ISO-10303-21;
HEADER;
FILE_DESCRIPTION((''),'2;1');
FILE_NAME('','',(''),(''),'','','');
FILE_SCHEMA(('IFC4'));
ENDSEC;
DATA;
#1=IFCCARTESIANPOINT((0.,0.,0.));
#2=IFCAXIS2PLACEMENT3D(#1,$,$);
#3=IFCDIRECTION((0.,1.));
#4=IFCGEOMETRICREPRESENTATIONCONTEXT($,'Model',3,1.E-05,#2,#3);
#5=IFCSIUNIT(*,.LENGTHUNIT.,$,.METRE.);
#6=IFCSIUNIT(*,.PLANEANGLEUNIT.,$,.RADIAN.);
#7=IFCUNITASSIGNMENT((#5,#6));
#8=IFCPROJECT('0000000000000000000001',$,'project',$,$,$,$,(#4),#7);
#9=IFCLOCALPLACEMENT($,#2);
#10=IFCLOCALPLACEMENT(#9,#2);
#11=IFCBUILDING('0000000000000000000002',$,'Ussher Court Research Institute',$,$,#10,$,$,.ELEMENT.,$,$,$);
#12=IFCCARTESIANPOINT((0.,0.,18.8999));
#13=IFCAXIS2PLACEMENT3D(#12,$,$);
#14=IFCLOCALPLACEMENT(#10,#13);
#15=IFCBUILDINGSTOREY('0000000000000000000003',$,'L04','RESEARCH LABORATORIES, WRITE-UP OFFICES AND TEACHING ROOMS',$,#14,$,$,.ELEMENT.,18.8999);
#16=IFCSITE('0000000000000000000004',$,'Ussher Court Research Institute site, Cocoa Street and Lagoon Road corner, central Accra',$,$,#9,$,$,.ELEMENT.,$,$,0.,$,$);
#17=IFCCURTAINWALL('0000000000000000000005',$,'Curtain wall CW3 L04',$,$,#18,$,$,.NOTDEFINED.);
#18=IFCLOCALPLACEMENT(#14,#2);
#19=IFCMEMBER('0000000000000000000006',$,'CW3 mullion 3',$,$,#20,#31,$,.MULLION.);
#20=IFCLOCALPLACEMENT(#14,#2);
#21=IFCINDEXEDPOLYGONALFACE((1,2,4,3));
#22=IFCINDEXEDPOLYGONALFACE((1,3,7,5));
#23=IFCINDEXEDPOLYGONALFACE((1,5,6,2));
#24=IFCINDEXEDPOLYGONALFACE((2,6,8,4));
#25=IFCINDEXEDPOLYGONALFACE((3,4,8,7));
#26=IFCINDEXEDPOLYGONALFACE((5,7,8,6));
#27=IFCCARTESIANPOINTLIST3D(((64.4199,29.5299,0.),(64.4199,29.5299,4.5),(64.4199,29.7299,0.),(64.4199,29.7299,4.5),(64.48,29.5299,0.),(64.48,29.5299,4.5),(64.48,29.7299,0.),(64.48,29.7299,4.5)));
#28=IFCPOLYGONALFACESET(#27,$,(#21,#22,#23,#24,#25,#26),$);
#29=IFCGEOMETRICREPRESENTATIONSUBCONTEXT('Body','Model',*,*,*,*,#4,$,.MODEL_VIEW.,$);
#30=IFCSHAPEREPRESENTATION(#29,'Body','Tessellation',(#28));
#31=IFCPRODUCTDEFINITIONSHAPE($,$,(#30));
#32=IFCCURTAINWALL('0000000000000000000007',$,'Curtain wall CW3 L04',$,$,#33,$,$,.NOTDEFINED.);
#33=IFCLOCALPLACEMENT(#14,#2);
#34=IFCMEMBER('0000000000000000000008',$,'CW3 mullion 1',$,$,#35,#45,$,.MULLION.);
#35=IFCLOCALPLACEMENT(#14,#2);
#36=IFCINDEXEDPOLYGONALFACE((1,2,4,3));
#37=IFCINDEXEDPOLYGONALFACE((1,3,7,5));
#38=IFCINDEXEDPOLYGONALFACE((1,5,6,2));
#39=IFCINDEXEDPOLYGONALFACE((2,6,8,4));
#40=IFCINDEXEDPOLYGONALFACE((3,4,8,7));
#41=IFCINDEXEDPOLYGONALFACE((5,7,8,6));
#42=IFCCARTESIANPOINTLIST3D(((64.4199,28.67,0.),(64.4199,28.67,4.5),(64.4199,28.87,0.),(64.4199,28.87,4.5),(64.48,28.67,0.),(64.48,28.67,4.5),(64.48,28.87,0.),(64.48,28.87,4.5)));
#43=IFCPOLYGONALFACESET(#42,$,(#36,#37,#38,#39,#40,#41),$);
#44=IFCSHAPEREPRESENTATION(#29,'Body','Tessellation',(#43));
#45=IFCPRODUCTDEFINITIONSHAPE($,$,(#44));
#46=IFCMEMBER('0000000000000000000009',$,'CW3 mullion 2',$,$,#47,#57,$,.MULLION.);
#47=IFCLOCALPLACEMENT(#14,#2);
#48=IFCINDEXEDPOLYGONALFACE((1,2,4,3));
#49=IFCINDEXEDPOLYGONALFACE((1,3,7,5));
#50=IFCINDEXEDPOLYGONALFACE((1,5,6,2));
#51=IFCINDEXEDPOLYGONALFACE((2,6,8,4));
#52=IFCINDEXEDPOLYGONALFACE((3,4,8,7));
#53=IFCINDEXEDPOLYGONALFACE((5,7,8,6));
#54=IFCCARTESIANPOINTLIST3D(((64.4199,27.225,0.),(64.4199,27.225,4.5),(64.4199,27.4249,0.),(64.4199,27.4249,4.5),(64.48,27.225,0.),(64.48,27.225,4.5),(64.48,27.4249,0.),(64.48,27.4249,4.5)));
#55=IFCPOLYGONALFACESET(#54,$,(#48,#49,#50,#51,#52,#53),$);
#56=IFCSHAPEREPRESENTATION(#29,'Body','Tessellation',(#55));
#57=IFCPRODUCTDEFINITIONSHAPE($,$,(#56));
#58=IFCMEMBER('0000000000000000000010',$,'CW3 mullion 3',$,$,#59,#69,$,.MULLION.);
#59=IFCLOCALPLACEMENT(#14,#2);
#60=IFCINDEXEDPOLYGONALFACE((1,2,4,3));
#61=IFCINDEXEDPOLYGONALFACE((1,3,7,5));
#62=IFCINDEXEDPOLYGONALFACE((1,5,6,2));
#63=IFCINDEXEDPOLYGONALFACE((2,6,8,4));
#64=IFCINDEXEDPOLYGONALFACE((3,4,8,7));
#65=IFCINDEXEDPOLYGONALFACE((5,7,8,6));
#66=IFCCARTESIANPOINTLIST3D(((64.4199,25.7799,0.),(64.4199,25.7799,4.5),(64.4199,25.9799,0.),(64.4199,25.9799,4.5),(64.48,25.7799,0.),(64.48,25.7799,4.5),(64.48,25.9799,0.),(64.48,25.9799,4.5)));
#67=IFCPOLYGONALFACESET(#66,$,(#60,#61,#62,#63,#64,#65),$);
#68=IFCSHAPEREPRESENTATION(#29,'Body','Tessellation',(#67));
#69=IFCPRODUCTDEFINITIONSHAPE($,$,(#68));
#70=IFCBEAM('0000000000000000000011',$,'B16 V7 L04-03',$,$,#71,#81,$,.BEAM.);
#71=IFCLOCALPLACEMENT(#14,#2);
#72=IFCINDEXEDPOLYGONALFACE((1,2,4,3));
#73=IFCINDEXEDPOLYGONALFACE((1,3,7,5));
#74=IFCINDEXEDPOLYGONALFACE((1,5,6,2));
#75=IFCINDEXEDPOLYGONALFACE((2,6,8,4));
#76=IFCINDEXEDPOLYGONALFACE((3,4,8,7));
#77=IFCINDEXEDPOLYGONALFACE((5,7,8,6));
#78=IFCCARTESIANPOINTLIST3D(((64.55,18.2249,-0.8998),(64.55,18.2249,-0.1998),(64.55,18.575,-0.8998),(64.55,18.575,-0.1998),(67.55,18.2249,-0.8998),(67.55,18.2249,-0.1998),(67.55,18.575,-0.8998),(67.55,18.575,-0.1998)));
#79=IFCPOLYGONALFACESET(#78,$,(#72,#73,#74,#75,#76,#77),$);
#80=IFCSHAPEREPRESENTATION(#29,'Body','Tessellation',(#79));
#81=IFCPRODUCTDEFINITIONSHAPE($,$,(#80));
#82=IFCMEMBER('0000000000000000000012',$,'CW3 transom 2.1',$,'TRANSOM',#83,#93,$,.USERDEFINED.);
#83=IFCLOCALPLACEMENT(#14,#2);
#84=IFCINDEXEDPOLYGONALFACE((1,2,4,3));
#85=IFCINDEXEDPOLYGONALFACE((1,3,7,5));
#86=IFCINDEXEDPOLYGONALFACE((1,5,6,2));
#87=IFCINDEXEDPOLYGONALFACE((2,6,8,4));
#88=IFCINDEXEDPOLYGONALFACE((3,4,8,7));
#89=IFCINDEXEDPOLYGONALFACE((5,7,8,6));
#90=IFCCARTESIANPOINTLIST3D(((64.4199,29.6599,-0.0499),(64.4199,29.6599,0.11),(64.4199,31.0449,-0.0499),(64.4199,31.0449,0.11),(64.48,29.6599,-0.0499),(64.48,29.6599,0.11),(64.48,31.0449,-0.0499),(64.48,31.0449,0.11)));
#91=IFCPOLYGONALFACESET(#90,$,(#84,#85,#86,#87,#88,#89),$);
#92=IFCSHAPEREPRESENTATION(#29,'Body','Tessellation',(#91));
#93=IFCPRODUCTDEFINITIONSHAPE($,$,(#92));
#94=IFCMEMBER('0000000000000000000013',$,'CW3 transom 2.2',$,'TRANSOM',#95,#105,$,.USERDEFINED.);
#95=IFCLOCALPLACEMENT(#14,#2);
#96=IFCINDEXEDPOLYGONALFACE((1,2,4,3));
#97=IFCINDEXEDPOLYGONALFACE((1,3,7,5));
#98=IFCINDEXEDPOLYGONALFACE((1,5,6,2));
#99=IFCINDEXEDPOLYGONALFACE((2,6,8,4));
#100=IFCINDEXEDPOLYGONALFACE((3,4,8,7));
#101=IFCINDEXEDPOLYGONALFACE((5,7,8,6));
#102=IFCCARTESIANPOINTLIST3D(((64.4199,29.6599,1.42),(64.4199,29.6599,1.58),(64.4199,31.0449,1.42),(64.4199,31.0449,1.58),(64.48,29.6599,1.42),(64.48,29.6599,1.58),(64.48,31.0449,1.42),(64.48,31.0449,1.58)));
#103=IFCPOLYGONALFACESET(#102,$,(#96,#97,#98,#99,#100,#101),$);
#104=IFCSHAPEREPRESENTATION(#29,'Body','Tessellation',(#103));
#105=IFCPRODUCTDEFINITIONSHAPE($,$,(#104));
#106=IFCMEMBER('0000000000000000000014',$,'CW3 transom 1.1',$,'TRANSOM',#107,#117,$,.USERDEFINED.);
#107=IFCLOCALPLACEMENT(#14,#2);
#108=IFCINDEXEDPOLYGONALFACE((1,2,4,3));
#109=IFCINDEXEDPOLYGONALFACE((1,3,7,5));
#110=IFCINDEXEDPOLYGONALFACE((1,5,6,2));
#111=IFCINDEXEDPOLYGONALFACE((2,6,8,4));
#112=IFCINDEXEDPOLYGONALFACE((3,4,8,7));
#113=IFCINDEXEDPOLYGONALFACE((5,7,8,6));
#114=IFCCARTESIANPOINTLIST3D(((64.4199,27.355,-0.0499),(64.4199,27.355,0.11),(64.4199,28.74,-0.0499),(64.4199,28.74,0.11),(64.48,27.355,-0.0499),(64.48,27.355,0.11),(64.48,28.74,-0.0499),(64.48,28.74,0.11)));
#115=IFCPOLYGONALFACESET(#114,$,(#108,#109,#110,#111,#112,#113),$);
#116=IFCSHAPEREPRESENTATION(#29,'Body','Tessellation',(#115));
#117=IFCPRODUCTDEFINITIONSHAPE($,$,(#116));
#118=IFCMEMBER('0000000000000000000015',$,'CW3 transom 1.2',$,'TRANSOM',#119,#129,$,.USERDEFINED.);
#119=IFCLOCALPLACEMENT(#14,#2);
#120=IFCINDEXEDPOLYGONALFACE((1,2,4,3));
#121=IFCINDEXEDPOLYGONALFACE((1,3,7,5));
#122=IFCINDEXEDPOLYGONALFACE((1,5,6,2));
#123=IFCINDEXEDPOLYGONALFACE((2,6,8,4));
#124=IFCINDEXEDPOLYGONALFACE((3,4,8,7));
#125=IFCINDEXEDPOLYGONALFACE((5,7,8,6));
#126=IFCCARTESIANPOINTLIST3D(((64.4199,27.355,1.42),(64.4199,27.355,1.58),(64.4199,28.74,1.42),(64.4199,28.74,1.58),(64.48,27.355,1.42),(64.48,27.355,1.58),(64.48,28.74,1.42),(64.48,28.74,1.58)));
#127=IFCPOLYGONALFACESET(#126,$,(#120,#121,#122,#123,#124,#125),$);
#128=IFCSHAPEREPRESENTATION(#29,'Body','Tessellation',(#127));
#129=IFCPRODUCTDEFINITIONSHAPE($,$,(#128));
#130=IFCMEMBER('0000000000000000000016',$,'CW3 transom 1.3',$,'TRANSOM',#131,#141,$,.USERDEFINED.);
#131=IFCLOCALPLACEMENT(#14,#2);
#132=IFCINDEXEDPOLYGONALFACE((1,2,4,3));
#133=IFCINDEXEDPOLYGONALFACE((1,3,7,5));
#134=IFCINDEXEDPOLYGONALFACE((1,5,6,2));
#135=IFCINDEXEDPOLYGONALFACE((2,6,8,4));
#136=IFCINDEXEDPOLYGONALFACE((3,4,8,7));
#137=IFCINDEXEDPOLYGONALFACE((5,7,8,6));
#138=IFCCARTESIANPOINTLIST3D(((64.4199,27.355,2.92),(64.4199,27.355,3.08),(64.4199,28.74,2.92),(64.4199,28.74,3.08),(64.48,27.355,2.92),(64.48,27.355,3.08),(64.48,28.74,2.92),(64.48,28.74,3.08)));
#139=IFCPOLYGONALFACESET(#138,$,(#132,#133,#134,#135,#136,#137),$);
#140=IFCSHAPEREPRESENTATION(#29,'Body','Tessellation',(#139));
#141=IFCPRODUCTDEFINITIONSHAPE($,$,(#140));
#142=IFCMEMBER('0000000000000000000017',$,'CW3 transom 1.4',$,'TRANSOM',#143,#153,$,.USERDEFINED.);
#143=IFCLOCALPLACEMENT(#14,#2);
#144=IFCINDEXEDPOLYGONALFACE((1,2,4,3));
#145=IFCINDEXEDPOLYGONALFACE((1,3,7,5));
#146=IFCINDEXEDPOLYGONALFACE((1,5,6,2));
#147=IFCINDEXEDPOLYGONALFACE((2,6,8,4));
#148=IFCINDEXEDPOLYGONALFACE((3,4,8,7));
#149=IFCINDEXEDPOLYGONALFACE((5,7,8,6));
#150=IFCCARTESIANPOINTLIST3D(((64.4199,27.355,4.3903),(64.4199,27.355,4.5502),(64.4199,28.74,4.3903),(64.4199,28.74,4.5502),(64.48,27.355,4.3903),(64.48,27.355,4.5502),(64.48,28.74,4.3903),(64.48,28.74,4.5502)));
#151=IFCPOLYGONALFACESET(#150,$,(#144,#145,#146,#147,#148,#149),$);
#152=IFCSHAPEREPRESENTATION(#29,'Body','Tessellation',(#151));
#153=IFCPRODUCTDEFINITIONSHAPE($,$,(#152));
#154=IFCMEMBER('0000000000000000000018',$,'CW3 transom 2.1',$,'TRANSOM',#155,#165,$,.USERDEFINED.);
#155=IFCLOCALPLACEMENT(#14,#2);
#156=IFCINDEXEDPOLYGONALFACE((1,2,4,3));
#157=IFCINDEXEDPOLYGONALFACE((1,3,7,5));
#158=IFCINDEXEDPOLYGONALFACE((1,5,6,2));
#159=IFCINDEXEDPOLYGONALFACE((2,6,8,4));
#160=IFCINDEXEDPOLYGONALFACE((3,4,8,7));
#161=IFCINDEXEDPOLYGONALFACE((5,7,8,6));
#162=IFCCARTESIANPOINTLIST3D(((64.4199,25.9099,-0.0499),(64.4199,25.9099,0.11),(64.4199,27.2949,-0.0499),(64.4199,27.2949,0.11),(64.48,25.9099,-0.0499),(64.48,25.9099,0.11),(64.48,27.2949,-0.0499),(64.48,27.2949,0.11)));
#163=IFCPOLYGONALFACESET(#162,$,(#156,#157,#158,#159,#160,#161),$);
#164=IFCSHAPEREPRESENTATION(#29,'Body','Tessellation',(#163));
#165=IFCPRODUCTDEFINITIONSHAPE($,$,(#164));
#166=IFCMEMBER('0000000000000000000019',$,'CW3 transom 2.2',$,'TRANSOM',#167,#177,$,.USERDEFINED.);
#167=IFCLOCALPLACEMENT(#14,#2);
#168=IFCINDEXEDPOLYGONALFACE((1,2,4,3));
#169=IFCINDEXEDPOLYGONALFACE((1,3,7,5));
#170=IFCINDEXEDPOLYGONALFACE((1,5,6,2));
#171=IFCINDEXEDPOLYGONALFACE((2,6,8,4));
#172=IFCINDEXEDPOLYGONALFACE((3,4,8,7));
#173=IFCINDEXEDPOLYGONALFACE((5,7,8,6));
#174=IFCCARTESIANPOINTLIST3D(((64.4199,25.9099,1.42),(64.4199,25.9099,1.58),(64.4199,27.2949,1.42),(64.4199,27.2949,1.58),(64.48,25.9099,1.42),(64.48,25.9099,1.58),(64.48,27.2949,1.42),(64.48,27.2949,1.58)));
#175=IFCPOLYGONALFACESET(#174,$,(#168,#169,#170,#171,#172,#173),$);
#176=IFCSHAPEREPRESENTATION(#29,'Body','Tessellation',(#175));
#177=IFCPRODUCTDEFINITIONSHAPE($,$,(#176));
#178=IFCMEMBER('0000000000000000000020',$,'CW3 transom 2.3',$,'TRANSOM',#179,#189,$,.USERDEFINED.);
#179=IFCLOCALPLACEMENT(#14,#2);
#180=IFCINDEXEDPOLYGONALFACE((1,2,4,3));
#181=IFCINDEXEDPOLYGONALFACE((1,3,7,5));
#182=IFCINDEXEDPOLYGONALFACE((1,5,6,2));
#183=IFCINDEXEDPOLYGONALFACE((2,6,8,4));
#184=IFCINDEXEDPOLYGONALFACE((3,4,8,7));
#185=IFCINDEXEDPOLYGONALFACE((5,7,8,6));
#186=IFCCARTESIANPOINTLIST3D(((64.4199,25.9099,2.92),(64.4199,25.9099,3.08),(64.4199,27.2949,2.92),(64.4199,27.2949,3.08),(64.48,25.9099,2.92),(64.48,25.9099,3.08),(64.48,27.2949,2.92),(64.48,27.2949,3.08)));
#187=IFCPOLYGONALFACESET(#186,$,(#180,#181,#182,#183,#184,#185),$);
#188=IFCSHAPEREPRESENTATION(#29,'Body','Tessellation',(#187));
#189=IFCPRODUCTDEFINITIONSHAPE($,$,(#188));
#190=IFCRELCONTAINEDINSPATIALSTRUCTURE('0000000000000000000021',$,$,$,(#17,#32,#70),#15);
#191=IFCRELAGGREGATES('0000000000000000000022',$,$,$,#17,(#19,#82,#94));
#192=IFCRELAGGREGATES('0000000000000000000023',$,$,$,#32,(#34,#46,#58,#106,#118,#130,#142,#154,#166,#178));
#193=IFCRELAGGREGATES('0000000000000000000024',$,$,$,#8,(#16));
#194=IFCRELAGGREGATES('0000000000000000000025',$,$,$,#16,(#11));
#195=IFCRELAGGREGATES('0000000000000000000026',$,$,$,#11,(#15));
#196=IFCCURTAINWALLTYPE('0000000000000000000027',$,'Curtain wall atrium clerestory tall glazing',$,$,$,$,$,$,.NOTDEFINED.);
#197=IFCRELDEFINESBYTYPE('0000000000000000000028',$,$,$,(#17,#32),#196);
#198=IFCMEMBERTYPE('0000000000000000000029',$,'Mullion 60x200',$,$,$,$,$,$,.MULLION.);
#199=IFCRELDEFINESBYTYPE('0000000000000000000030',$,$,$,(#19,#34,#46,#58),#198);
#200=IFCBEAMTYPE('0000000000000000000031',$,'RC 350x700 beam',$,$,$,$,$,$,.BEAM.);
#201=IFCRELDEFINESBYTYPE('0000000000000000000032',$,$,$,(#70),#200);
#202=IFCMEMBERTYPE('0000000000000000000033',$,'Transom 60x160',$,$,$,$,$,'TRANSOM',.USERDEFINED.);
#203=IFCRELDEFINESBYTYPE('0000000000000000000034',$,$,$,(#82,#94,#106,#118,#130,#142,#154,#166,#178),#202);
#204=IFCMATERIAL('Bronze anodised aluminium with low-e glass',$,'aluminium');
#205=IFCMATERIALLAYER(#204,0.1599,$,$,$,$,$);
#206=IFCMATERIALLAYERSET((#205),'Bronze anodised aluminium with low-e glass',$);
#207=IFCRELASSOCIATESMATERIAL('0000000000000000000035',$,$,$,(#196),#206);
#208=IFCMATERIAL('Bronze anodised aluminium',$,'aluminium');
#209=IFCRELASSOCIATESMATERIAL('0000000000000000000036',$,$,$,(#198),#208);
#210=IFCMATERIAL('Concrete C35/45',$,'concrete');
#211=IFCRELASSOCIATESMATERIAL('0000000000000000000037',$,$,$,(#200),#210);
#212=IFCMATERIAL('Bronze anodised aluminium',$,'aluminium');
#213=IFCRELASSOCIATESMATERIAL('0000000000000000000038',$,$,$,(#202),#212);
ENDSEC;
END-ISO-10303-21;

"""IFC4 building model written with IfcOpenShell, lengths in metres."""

from ifc_helpers import new_model, si_unit, direction, frame, origin, origin_2d, place, context, subcontext, project, spatial, rectangle, extrude, material, layer, layer_set, material_profile, profile_set, type_object, element, aggregate, save


model = new_model("IFC4")

# Units and contexts
model_context = context("Model", 3, precision=1e-05, world=origin(), true_north=direction((0.0, 1.0)))
body_context = subcontext(model_context, "Body", "Model", "MODEL_VIEW")
ifc_project = project(units=[si_unit("LENGTHUNIT", "METRE"), si_unit("PLANEANGLEUNIT", "RADIAN")], contexts=[model_context])

# Site, building, storey
site_placement = place(None, origin())
site = spatial("IfcSite", under=ifc_project, at=site_placement, Name="Ussher Court Research Institute site, Cocoa Street and Lagoon Road corner, central Accra", CompositionType="ELEMENT", RefElevation=0.0)
building_placement = place(site_placement, origin())
building = spatial("IfcBuilding", under=site, at=building_placement, Name="Ussher Court Research Institute", CompositionType="ELEMENT")
storey_placement = place(building_placement, frame((0.0, 0.0, 18.8999)))
storey = spatial("IfcBuildingStorey", under=building, at=storey_placement, Name="L04", Description="RESEARCH LABORATORIES, WRITE-UP OFFICES AND TEACHING ROOMS", CompositionType="ELEMENT", Elevation=18.8999)

# Curtain wall, member
ifc_material_1 = material(Name="Bronze anodised aluminium with low-e glass", Category="aluminium")
ifc_layer_1 = layer(ifc_material_1, 0.1599)
ifc_layer_set_1 = layer_set([ifc_layer_1], Name="Bronze anodised aluminium with low-e glass")
curtain_wall_type = type_object("IfcCurtainWallType", Name="Curtain wall atrium clerestory tall glazing", PredefinedType="NOTDEFINED", material=ifc_layer_set_1)
curtain_wall_1_placement = place(storey_placement, origin())
curtain_wall_1 = element("IfcCurtainWall", 1, at=curtain_wall_1_placement, inside=storey, type_object=curtain_wall_type, Name="Curtain wall CW3 L04", PredefinedType="NOTDEFINED")
ifc_material_2 = material(Name="Bronze anodised aluminium", Category="aluminium")
ifc_material_profile_1 = material_profile(ifc_material_2, rectangle(XDim=0.0601, YDim=0.2, at=origin_2d()), Name="Mullion 60x200")
ifc_profile_set_1 = profile_set([ifc_material_profile_1], Name="Bronze anodised aluminium")
member_type_1 = type_object("IfcMemberType", Name="Mullion 60x200", PredefinedType="MULLION", material=ifc_profile_set_1)
member_1_placement = place(storey_placement, frame((64.45, 29.6299, 0.0), z_axis=(0.0, 0.0, 1.0), x_axis=(1.0, 0.0, 0.0)))
member_1 = element("IfcMember", 2, at=member_1_placement, type_object=member_type_1, Name="CW3 mullion 3", PredefinedType="MULLION", context=body_context, shape_type="SweptSolid", body=[
    extrude(rectangle(XDim=0.0601, YDim=0.2, at=origin_2d()), origin(), (0.0, 0.0, 1.0), 4.5),
])

# Curtain wall, members
curtain_wall_2_placement = place(storey_placement, origin())
curtain_wall_2 = element("IfcCurtainWall", 3, at=curtain_wall_2_placement, inside=storey, type_object=curtain_wall_type, Name="Curtain wall CW3 L04", PredefinedType="NOTDEFINED")
member_2_placement = place(storey_placement, frame((64.45, 28.77, 0.0), z_axis=(0.0, 0.0, 1.0), x_axis=(1.0, 0.0, 0.0)))
member_2 = element("IfcMember", 4, at=member_2_placement, type_object=member_type_1, Name="CW3 mullion 1", PredefinedType="MULLION", context=body_context, shape_type="SweptSolid", body=[
    extrude(rectangle(XDim=0.0601, YDim=0.2, at=origin_2d()), origin(), (0.0, 0.0, 1.0), 4.5),
])
member_3_placement = place(storey_placement, frame((64.45, 27.325, 0.0), z_axis=(0.0, 0.0, 1.0), x_axis=(1.0, 0.0, 0.0)))
member_3 = element("IfcMember", 5, at=member_3_placement, type_object=member_type_1, Name="CW3 mullion 2", PredefinedType="MULLION", context=body_context, shape_type="SweptSolid", body=[
    extrude(rectangle(XDim=0.0601, YDim=0.2, at=origin_2d()), origin(), (0.0, 0.0, 1.0), 4.5),
])
member_4_placement = place(storey_placement, frame((64.45, 25.8799, 0.0), z_axis=(0.0, 0.0, 1.0), x_axis=(1.0, 0.0, 0.0)))
member_4 = element("IfcMember", 6, at=member_4_placement, type_object=member_type_1, Name="CW3 mullion 3", PredefinedType="MULLION", context=body_context, shape_type="SweptSolid", body=[
    extrude(rectangle(XDim=0.0601, YDim=0.2, at=origin_2d()), origin(), (0.0, 0.0, 1.0), 4.5),
])

# Beam
ifc_material_3 = material(Name="Concrete C35/45", Category="concrete")
ifc_material_profile_2 = material_profile(ifc_material_3, rectangle(XDim=0.3501, YDim=0.7, at=origin_2d()), Name="RC 350x700")
ifc_profile_set_2 = profile_set([ifc_material_profile_2], Name="Concrete C35/45")
beam_type = type_object("IfcBeamType", Name="RC 350x700 beam", PredefinedType="BEAM", material=ifc_profile_set_2)
beam_placement = place(storey_placement, frame((64.55, 18.3999, -0.5498), z_axis=(1.0, 0.0, 0.0), x_axis=(0.0, 1.0, 0.0)))
element("IfcBeam", 7, at=beam_placement, inside=storey, type_object=beam_type, Name="B16 V7 L04-03", PredefinedType="BEAM", context=body_context, shape_type="SweptSolid", body=[
    extrude(rectangle(XDim=0.3501, YDim=0.7, at=origin_2d()), origin(), (0.0, 0.0, 1.0), 3.0),
])

# Members
ifc_material_4 = material(Name="Bronze anodised aluminium", Category="aluminium")
ifc_material_profile_3 = material_profile(ifc_material_4, rectangle(XDim=0.0601, YDim=0.1599, at=origin_2d()), Name="Transom 60x160")
ifc_profile_set_3 = profile_set([ifc_material_profile_3], Name="Bronze anodised aluminium")
member_type_2 = type_object("IfcMemberType", Name="Transom 60x160", ElementType="TRANSOM", PredefinedType="USERDEFINED", material=ifc_profile_set_3)
member_5_placement = place(storey_placement, frame((64.45, 31.0449, 0.03), z_axis=(0.0, -1.0, 0.0), x_axis=(1.0, 0.0, 0.0)))
member_5 = element("IfcMember", 8, at=member_5_placement, type_object=member_type_2, Name="CW3 transom 2.1", ObjectType="TRANSOM", PredefinedType="USERDEFINED", context=body_context, shape_type="SweptSolid", body=[
    extrude(rectangle(XDim=0.0601, YDim=0.1599, at=origin_2d()), origin(), (0.0, 0.0, 1.0), 1.385),
])
member_6_placement = place(storey_placement, frame((64.45, 31.0449, 1.5), z_axis=(0.0, -1.0, 0.0), x_axis=(1.0, 0.0, 0.0)))
member_6 = element("IfcMember", 9, at=member_6_placement, type_object=member_type_2, Name="CW3 transom 2.2", ObjectType="TRANSOM", PredefinedType="USERDEFINED", context=body_context, shape_type="SweptSolid", body=[
    extrude(rectangle(XDim=0.0601, YDim=0.1599, at=origin_2d()), origin(), (0.0, 0.0, 1.0), 1.385),
])
member_7_placement = place(storey_placement, frame((64.45, 28.74, 0.03), z_axis=(0.0, -1.0, 0.0), x_axis=(1.0, 0.0, 0.0)))
member_7 = element("IfcMember", 10, at=member_7_placement, type_object=member_type_2, Name="CW3 transom 1.1", ObjectType="TRANSOM", PredefinedType="USERDEFINED", context=body_context, shape_type="SweptSolid", body=[
    extrude(rectangle(XDim=0.0601, YDim=0.1599, at=origin_2d()), origin(), (0.0, 0.0, 1.0), 1.385),
])
member_8_placement = place(storey_placement, frame((64.45, 28.74, 1.5), z_axis=(0.0, -1.0, 0.0), x_axis=(1.0, 0.0, 0.0)))
member_8 = element("IfcMember", 11, at=member_8_placement, type_object=member_type_2, Name="CW3 transom 1.2", ObjectType="TRANSOM", PredefinedType="USERDEFINED", context=body_context, shape_type="SweptSolid", body=[
    extrude(rectangle(XDim=0.0601, YDim=0.1599, at=origin_2d()), origin(), (0.0, 0.0, 1.0), 1.385),
])
member_9_placement = place(storey_placement, frame((64.45, 28.74, 3.0), z_axis=(0.0, -1.0, 0.0), x_axis=(1.0, 0.0, 0.0)))
member_9 = element("IfcMember", 12, at=member_9_placement, type_object=member_type_2, Name="CW3 transom 1.3", ObjectType="TRANSOM", PredefinedType="USERDEFINED", context=body_context, shape_type="SweptSolid", body=[
    extrude(rectangle(XDim=0.0601, YDim=0.1599, at=origin_2d()), origin(), (0.0, 0.0, 1.0), 1.385),
])
member_10_placement = place(storey_placement, frame((64.45, 28.74, 4.4702), z_axis=(0.0, -1.0, 0.0), x_axis=(1.0, 0.0, 0.0)))
member_10 = element("IfcMember", 13, at=member_10_placement, type_object=member_type_2, Name="CW3 transom 1.4", ObjectType="TRANSOM", PredefinedType="USERDEFINED", context=body_context, shape_type="SweptSolid", body=[
    extrude(rectangle(XDim=0.0601, YDim=0.1599, at=origin_2d()), origin(), (0.0, 0.0, 1.0), 1.385),
])
member_11_placement = place(storey_placement, frame((64.45, 27.2949, 0.03), z_axis=(0.0, -1.0, 0.0), x_axis=(1.0, 0.0, 0.0)))
member_11 = element("IfcMember", 14, at=member_11_placement, type_object=member_type_2, Name="CW3 transom 2.1", ObjectType="TRANSOM", PredefinedType="USERDEFINED", context=body_context, shape_type="SweptSolid", body=[
    extrude(rectangle(XDim=0.0601, YDim=0.1599, at=origin_2d()), origin(), (0.0, 0.0, 1.0), 1.385),
])
member_12_placement = place(storey_placement, frame((64.45, 27.2949, 1.5), z_axis=(0.0, -1.0, 0.0), x_axis=(1.0, 0.0, 0.0)))
member_12 = element("IfcMember", 15, at=member_12_placement, type_object=member_type_2, Name="CW3 transom 2.2", ObjectType="TRANSOM", PredefinedType="USERDEFINED", context=body_context, shape_type="SweptSolid", body=[
    extrude(rectangle(XDim=0.0601, YDim=0.1599, at=origin_2d()), origin(), (0.0, 0.0, 1.0), 1.385),
])
member_13_placement = place(storey_placement, frame((64.45, 27.2949, 3.0), z_axis=(0.0, -1.0, 0.0), x_axis=(1.0, 0.0, 0.0)))
member_13 = element("IfcMember", 16, at=member_13_placement, type_object=member_type_2, Name="CW3 transom 2.3", ObjectType="TRANSOM", PredefinedType="USERDEFINED", context=body_context, shape_type="SweptSolid", body=[
    extrude(rectangle(XDim=0.0601, YDim=0.1599, at=origin_2d()), origin(), (0.0, 0.0, 1.0), 1.385),
])

aggregate(curtain_wall_1, [member_1, member_5, member_6])
aggregate(curtain_wall_2, [member_2, member_3, member_4, member_7, member_8, member_9, member_10, member_11, member_12, member_13])

save(model, "model.ifc")
